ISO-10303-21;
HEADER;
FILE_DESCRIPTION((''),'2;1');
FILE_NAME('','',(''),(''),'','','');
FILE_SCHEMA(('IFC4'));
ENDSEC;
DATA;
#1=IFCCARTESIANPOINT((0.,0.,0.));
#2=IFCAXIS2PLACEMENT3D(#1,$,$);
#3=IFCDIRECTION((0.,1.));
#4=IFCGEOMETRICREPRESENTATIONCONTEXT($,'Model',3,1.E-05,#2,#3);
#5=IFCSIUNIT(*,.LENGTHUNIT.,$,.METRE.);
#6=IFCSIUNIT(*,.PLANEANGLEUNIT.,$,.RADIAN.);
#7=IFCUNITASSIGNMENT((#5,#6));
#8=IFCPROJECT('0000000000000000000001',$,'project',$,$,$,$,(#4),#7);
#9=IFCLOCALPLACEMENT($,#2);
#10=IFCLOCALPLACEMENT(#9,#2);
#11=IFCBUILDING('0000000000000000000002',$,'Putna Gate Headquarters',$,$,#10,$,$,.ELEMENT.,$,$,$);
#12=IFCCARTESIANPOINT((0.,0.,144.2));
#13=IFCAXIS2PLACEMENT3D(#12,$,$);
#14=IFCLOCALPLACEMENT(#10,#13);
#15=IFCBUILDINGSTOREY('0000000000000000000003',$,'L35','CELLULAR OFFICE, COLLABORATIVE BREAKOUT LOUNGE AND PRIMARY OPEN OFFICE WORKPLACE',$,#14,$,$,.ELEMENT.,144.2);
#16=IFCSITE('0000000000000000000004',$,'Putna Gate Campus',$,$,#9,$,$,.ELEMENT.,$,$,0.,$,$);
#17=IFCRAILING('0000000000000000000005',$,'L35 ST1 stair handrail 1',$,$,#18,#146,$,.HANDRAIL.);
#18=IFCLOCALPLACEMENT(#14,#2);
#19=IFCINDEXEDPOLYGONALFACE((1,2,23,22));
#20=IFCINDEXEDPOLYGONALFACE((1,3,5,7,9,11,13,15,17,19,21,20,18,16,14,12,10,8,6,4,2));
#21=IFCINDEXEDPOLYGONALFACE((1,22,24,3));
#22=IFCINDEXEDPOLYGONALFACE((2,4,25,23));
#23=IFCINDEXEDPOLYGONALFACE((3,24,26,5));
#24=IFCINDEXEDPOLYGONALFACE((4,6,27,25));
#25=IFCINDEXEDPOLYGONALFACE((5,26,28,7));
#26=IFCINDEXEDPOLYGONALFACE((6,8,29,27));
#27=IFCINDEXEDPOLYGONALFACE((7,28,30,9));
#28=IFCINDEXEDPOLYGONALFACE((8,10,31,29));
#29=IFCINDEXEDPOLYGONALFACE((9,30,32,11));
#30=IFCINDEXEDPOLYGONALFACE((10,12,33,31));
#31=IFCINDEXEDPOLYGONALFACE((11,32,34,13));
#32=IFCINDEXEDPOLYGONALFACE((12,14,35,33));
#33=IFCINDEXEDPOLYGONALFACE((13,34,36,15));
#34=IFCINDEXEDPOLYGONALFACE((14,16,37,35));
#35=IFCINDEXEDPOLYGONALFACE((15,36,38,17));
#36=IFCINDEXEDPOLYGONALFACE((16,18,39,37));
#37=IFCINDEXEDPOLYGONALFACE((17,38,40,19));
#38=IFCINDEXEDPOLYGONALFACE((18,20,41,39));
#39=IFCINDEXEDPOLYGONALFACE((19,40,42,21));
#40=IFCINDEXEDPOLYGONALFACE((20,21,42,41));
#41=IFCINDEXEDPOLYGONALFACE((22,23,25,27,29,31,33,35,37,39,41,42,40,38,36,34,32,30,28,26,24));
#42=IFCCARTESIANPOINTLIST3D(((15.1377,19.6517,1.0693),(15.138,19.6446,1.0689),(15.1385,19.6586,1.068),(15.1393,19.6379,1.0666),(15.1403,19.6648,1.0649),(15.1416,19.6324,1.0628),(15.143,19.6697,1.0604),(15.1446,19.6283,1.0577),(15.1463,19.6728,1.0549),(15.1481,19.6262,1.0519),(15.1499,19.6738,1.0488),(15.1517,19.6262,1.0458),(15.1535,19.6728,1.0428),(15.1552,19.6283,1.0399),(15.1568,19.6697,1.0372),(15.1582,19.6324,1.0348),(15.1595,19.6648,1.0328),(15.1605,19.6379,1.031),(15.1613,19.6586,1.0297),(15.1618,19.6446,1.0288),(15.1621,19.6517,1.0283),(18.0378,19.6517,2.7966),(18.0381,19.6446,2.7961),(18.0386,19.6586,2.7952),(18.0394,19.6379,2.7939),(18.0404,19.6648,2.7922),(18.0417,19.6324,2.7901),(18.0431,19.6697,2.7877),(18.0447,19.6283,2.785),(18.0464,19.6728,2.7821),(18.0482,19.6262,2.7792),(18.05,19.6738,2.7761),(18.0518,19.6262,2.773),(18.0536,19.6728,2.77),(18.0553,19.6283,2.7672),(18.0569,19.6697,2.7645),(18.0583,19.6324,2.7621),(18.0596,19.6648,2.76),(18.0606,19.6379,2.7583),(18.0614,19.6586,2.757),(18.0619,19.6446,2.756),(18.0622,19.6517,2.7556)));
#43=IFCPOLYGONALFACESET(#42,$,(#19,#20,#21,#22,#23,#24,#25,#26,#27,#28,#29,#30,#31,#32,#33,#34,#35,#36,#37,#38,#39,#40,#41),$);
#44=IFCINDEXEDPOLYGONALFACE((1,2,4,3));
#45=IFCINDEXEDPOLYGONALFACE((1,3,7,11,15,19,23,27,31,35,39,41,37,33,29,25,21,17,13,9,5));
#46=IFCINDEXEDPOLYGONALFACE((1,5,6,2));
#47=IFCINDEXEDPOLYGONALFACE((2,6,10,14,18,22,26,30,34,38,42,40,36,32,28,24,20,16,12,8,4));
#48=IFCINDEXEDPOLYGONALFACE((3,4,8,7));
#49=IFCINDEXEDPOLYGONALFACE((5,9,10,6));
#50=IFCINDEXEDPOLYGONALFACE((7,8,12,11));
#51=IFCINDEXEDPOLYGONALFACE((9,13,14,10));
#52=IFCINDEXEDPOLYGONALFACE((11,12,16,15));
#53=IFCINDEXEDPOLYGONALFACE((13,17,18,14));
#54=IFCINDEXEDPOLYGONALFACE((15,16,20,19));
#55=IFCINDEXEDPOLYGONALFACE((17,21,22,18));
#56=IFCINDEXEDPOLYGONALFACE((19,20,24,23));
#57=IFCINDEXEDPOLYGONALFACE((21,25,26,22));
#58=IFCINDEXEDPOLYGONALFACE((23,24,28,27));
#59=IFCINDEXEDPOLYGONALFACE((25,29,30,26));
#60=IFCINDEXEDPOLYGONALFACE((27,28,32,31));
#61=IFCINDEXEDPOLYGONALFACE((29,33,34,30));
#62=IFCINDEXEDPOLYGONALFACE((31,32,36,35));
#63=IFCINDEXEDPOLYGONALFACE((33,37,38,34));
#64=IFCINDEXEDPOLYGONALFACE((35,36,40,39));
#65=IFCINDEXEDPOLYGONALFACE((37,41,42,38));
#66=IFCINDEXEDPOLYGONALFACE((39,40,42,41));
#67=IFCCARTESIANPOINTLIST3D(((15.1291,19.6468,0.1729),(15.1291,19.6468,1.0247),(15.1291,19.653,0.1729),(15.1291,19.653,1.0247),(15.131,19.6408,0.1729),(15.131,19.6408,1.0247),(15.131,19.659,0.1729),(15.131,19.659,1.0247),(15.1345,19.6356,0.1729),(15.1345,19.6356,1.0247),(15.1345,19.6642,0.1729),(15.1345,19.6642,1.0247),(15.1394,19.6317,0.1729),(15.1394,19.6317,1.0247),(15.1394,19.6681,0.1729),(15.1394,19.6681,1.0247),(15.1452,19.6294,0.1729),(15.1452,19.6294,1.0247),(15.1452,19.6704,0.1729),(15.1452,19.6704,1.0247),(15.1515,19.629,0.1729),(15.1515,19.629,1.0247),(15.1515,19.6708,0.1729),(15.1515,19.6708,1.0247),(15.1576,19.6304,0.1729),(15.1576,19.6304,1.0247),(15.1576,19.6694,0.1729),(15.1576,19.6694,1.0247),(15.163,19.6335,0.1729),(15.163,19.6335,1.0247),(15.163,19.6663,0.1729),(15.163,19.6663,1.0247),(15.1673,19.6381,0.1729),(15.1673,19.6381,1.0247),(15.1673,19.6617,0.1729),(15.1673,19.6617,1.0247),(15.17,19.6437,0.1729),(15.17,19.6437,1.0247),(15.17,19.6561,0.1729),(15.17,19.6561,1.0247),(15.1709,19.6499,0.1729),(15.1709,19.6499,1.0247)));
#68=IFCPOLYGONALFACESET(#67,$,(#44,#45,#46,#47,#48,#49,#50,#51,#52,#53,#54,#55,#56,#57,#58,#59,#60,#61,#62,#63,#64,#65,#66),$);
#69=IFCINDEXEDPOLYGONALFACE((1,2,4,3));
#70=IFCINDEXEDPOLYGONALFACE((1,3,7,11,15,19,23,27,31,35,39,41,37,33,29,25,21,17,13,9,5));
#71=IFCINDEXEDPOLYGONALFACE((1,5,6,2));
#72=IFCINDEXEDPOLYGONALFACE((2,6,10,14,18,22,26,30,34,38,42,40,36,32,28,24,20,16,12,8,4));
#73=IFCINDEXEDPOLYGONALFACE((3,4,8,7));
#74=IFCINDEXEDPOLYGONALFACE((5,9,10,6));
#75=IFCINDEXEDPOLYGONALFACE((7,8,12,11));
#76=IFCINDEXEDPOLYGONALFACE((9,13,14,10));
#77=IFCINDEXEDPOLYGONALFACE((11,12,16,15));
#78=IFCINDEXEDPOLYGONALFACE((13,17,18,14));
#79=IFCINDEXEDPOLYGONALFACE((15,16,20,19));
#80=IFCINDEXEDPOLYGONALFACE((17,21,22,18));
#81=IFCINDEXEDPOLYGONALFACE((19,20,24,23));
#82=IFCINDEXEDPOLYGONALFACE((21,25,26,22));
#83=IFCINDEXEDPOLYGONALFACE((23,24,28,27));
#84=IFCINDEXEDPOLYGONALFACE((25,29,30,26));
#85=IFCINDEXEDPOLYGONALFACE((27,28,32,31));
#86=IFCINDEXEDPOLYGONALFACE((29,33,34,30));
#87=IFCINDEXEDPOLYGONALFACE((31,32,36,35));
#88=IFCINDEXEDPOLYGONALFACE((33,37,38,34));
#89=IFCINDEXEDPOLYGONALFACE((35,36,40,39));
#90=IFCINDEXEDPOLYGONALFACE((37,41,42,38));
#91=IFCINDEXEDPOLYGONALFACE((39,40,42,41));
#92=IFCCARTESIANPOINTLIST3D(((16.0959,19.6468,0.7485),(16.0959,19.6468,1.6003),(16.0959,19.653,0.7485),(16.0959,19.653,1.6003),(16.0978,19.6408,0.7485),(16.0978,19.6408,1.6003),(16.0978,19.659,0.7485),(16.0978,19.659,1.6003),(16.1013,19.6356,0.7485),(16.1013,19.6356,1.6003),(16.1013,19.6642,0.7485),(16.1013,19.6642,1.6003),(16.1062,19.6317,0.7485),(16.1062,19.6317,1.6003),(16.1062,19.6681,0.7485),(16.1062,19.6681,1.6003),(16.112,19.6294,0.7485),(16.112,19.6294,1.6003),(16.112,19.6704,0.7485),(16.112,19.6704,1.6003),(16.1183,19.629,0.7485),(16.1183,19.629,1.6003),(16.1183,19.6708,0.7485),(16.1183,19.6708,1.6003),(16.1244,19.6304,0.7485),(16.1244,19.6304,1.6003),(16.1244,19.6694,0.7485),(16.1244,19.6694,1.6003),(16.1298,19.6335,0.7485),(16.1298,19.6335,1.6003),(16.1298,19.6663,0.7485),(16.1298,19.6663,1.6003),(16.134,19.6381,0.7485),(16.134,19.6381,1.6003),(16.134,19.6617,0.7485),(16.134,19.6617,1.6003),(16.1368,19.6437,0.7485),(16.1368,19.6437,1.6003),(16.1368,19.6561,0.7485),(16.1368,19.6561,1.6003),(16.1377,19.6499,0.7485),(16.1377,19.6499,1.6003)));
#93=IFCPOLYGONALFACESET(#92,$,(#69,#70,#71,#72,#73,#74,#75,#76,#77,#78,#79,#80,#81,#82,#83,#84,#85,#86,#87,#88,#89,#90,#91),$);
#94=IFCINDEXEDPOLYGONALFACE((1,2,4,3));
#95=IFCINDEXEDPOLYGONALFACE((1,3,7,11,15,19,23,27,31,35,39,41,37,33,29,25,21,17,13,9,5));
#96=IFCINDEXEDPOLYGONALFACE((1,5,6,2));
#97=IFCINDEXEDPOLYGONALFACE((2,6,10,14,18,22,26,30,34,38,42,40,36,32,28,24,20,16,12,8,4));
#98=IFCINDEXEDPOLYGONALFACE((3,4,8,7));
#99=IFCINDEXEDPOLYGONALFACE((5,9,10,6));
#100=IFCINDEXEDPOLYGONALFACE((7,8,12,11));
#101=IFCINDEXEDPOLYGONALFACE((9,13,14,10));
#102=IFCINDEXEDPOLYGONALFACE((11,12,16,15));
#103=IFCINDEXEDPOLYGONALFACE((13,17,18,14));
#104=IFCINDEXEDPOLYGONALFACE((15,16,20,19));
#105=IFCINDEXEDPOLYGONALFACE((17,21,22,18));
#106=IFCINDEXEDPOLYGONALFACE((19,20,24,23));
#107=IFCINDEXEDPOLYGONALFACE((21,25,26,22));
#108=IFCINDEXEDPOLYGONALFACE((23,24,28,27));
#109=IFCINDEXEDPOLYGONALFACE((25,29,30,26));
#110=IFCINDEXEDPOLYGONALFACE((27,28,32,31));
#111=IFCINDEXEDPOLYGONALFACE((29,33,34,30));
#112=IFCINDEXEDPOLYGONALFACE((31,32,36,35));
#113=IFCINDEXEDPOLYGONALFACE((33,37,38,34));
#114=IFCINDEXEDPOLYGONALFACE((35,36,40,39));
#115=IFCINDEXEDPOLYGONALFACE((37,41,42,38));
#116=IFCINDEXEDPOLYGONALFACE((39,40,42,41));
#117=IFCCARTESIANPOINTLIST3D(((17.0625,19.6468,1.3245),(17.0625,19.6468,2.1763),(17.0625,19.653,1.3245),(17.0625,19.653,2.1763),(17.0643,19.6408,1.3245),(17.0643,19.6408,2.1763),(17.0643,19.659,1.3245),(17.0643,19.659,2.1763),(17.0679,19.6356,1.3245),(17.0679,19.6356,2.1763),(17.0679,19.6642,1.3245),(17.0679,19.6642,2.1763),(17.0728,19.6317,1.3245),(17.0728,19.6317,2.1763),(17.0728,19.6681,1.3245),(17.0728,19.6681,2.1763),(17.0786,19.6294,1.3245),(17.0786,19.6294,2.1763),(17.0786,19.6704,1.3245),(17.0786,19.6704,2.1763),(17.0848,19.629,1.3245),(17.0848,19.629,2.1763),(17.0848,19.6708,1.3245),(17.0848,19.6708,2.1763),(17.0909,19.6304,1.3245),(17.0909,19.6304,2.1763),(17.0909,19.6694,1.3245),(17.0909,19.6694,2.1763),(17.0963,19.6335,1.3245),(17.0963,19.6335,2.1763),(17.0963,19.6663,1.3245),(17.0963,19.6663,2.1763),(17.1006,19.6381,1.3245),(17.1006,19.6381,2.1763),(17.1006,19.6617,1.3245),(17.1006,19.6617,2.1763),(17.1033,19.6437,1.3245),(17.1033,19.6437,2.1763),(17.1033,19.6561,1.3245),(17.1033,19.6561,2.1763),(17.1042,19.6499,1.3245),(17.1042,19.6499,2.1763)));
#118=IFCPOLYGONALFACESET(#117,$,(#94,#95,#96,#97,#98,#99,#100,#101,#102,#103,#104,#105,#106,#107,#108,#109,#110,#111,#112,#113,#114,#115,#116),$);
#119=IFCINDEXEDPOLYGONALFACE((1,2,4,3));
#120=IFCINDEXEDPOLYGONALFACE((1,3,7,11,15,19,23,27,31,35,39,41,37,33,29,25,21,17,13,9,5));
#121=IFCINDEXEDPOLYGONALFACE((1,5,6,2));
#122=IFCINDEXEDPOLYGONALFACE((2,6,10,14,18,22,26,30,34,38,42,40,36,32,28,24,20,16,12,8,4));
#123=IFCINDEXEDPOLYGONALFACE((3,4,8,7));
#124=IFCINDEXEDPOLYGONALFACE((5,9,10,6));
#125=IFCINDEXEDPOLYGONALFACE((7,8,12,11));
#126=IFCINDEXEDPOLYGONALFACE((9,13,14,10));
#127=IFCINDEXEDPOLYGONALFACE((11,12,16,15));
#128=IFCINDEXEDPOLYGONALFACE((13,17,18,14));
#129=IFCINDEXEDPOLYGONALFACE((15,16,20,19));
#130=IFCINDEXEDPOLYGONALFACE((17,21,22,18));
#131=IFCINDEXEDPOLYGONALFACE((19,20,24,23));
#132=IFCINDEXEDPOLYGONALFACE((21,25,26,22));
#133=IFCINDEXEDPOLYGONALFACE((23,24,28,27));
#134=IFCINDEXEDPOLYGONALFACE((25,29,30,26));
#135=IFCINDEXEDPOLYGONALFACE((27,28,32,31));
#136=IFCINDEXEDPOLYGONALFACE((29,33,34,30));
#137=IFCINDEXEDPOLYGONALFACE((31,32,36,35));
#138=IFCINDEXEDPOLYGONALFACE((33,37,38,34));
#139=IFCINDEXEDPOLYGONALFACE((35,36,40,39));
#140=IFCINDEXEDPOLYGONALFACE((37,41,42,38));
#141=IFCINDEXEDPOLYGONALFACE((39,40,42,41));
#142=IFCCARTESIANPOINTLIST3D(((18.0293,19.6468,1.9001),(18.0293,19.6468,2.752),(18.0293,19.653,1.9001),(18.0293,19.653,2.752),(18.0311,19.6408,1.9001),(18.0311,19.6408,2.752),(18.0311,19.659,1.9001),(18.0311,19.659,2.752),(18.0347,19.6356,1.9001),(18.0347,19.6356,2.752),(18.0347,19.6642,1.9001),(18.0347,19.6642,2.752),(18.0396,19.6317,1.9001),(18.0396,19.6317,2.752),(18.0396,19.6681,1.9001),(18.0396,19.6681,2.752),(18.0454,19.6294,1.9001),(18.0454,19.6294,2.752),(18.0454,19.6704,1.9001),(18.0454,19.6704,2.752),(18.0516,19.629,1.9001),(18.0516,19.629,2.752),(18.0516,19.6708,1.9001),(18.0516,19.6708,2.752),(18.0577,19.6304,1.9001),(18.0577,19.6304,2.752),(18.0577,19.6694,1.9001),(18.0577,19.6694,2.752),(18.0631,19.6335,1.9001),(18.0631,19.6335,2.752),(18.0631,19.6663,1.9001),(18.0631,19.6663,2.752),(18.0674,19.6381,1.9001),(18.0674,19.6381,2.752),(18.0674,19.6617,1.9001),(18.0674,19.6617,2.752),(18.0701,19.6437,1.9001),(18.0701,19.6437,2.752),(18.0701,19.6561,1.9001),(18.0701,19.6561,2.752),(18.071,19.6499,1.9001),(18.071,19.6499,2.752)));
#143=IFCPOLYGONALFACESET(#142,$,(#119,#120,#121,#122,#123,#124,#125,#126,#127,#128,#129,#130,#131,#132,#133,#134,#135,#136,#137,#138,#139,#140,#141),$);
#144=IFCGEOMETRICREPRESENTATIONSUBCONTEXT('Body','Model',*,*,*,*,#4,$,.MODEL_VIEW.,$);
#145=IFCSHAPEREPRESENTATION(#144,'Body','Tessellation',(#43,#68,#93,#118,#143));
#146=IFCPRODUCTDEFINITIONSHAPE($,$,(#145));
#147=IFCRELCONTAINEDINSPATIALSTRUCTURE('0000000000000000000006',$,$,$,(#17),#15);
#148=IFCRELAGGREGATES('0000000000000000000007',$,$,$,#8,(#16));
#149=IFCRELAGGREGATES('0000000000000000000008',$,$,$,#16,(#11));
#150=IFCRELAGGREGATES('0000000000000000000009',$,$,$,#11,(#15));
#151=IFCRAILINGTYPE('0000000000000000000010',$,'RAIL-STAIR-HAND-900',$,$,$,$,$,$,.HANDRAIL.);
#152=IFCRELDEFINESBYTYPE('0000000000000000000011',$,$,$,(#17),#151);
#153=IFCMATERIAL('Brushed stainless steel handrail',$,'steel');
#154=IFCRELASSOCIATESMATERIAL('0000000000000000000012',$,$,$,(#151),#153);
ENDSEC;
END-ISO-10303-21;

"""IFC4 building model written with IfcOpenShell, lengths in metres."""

from ifc_helpers import new_model, si_unit, direction, frame, origin, origin_2d, place, context, subcontext, project, spatial, circle, extrude, material, type_object, element, save


model = new_model("IFC4")

# Units and contexts
model_context = context("Model", 3, precision=1e-05, world=origin(), true_north=direction((0.0, 1.0)))
body_context = subcontext(model_context, "Body", "Model", "MODEL_VIEW")
ifc_project = project(units=[si_unit("LENGTHUNIT", "METRE"), si_unit("PLANEANGLEUNIT", "RADIAN")], contexts=[model_context])

# Site, building, storey
site_placement = place(None, origin())
site = spatial("IfcSite", under=ifc_project, at=site_placement, Name="Putna Gate Campus", CompositionType="ELEMENT", RefElevation=0.0)
building_placement = place(site_placement, origin())
building = spatial("IfcBuilding", under=site, at=building_placement, Name="Putna Gate Headquarters", CompositionType="ELEMENT")
storey_placement = place(building_placement, frame((0.0, 0.0, 144.2)))
storey = spatial("IfcBuildingStorey", under=building, at=storey_placement, Name="L35", Description="CELLULAR OFFICE, COLLABORATIVE BREAKOUT LOUNGE AND PRIMARY OPEN OFFICE WORKPLACE", CompositionType="ELEMENT", Elevation=144.2)

# Railing
ifc_material_1 = material(Name="Brushed stainless steel handrail", Category="steel")
railing_type_1 = type_object("IfcRailingType", Name="RAIL-STAIR-HAND-900", PredefinedType="HANDRAIL", material=ifc_material_1)
railing_1_placement = place(storey_placement, frame((15.1499, 19.6499, 0.1729)))
element("IfcRailing", 1, at=railing_1_placement, inside=storey, type_object=railing_type_1, Name="L35 ST1 stair handrail 1", PredefinedType="HANDRAIL", context=body_context, shape_type="SweptSolid", body=[
    extrude(circle(Radius=0.0239, at=origin_2d()), frame((0.0, 0.0, 0.876), z_axis=(0.85916, 0.0, 0.511706), x_axis=(0.0, 1.0, 0.0)), (0.0, 0.0, 1.0), 3.3755),
    extrude(circle(Radius=0.021, at=origin_2d()), origin(), (0.0, 0.0, 1.0), 0.8518),
    extrude(circle(Radius=0.021, at=origin_2d()), frame((0.9668, 0.0, 0.5757)), (0.0, 0.0, 1.0), 0.8518),
    extrude(circle(Radius=0.021, at=origin_2d()), frame((1.9333, 0.0, 1.1516)), (0.0, 0.0, 1.0), 0.8518),
    extrude(circle(Radius=0.021, at=origin_2d()), frame((2.9001, 0.0, 1.7273)), (0.0, 0.0, 1.0), 0.8518),
])

save(model, "model.ifc")
